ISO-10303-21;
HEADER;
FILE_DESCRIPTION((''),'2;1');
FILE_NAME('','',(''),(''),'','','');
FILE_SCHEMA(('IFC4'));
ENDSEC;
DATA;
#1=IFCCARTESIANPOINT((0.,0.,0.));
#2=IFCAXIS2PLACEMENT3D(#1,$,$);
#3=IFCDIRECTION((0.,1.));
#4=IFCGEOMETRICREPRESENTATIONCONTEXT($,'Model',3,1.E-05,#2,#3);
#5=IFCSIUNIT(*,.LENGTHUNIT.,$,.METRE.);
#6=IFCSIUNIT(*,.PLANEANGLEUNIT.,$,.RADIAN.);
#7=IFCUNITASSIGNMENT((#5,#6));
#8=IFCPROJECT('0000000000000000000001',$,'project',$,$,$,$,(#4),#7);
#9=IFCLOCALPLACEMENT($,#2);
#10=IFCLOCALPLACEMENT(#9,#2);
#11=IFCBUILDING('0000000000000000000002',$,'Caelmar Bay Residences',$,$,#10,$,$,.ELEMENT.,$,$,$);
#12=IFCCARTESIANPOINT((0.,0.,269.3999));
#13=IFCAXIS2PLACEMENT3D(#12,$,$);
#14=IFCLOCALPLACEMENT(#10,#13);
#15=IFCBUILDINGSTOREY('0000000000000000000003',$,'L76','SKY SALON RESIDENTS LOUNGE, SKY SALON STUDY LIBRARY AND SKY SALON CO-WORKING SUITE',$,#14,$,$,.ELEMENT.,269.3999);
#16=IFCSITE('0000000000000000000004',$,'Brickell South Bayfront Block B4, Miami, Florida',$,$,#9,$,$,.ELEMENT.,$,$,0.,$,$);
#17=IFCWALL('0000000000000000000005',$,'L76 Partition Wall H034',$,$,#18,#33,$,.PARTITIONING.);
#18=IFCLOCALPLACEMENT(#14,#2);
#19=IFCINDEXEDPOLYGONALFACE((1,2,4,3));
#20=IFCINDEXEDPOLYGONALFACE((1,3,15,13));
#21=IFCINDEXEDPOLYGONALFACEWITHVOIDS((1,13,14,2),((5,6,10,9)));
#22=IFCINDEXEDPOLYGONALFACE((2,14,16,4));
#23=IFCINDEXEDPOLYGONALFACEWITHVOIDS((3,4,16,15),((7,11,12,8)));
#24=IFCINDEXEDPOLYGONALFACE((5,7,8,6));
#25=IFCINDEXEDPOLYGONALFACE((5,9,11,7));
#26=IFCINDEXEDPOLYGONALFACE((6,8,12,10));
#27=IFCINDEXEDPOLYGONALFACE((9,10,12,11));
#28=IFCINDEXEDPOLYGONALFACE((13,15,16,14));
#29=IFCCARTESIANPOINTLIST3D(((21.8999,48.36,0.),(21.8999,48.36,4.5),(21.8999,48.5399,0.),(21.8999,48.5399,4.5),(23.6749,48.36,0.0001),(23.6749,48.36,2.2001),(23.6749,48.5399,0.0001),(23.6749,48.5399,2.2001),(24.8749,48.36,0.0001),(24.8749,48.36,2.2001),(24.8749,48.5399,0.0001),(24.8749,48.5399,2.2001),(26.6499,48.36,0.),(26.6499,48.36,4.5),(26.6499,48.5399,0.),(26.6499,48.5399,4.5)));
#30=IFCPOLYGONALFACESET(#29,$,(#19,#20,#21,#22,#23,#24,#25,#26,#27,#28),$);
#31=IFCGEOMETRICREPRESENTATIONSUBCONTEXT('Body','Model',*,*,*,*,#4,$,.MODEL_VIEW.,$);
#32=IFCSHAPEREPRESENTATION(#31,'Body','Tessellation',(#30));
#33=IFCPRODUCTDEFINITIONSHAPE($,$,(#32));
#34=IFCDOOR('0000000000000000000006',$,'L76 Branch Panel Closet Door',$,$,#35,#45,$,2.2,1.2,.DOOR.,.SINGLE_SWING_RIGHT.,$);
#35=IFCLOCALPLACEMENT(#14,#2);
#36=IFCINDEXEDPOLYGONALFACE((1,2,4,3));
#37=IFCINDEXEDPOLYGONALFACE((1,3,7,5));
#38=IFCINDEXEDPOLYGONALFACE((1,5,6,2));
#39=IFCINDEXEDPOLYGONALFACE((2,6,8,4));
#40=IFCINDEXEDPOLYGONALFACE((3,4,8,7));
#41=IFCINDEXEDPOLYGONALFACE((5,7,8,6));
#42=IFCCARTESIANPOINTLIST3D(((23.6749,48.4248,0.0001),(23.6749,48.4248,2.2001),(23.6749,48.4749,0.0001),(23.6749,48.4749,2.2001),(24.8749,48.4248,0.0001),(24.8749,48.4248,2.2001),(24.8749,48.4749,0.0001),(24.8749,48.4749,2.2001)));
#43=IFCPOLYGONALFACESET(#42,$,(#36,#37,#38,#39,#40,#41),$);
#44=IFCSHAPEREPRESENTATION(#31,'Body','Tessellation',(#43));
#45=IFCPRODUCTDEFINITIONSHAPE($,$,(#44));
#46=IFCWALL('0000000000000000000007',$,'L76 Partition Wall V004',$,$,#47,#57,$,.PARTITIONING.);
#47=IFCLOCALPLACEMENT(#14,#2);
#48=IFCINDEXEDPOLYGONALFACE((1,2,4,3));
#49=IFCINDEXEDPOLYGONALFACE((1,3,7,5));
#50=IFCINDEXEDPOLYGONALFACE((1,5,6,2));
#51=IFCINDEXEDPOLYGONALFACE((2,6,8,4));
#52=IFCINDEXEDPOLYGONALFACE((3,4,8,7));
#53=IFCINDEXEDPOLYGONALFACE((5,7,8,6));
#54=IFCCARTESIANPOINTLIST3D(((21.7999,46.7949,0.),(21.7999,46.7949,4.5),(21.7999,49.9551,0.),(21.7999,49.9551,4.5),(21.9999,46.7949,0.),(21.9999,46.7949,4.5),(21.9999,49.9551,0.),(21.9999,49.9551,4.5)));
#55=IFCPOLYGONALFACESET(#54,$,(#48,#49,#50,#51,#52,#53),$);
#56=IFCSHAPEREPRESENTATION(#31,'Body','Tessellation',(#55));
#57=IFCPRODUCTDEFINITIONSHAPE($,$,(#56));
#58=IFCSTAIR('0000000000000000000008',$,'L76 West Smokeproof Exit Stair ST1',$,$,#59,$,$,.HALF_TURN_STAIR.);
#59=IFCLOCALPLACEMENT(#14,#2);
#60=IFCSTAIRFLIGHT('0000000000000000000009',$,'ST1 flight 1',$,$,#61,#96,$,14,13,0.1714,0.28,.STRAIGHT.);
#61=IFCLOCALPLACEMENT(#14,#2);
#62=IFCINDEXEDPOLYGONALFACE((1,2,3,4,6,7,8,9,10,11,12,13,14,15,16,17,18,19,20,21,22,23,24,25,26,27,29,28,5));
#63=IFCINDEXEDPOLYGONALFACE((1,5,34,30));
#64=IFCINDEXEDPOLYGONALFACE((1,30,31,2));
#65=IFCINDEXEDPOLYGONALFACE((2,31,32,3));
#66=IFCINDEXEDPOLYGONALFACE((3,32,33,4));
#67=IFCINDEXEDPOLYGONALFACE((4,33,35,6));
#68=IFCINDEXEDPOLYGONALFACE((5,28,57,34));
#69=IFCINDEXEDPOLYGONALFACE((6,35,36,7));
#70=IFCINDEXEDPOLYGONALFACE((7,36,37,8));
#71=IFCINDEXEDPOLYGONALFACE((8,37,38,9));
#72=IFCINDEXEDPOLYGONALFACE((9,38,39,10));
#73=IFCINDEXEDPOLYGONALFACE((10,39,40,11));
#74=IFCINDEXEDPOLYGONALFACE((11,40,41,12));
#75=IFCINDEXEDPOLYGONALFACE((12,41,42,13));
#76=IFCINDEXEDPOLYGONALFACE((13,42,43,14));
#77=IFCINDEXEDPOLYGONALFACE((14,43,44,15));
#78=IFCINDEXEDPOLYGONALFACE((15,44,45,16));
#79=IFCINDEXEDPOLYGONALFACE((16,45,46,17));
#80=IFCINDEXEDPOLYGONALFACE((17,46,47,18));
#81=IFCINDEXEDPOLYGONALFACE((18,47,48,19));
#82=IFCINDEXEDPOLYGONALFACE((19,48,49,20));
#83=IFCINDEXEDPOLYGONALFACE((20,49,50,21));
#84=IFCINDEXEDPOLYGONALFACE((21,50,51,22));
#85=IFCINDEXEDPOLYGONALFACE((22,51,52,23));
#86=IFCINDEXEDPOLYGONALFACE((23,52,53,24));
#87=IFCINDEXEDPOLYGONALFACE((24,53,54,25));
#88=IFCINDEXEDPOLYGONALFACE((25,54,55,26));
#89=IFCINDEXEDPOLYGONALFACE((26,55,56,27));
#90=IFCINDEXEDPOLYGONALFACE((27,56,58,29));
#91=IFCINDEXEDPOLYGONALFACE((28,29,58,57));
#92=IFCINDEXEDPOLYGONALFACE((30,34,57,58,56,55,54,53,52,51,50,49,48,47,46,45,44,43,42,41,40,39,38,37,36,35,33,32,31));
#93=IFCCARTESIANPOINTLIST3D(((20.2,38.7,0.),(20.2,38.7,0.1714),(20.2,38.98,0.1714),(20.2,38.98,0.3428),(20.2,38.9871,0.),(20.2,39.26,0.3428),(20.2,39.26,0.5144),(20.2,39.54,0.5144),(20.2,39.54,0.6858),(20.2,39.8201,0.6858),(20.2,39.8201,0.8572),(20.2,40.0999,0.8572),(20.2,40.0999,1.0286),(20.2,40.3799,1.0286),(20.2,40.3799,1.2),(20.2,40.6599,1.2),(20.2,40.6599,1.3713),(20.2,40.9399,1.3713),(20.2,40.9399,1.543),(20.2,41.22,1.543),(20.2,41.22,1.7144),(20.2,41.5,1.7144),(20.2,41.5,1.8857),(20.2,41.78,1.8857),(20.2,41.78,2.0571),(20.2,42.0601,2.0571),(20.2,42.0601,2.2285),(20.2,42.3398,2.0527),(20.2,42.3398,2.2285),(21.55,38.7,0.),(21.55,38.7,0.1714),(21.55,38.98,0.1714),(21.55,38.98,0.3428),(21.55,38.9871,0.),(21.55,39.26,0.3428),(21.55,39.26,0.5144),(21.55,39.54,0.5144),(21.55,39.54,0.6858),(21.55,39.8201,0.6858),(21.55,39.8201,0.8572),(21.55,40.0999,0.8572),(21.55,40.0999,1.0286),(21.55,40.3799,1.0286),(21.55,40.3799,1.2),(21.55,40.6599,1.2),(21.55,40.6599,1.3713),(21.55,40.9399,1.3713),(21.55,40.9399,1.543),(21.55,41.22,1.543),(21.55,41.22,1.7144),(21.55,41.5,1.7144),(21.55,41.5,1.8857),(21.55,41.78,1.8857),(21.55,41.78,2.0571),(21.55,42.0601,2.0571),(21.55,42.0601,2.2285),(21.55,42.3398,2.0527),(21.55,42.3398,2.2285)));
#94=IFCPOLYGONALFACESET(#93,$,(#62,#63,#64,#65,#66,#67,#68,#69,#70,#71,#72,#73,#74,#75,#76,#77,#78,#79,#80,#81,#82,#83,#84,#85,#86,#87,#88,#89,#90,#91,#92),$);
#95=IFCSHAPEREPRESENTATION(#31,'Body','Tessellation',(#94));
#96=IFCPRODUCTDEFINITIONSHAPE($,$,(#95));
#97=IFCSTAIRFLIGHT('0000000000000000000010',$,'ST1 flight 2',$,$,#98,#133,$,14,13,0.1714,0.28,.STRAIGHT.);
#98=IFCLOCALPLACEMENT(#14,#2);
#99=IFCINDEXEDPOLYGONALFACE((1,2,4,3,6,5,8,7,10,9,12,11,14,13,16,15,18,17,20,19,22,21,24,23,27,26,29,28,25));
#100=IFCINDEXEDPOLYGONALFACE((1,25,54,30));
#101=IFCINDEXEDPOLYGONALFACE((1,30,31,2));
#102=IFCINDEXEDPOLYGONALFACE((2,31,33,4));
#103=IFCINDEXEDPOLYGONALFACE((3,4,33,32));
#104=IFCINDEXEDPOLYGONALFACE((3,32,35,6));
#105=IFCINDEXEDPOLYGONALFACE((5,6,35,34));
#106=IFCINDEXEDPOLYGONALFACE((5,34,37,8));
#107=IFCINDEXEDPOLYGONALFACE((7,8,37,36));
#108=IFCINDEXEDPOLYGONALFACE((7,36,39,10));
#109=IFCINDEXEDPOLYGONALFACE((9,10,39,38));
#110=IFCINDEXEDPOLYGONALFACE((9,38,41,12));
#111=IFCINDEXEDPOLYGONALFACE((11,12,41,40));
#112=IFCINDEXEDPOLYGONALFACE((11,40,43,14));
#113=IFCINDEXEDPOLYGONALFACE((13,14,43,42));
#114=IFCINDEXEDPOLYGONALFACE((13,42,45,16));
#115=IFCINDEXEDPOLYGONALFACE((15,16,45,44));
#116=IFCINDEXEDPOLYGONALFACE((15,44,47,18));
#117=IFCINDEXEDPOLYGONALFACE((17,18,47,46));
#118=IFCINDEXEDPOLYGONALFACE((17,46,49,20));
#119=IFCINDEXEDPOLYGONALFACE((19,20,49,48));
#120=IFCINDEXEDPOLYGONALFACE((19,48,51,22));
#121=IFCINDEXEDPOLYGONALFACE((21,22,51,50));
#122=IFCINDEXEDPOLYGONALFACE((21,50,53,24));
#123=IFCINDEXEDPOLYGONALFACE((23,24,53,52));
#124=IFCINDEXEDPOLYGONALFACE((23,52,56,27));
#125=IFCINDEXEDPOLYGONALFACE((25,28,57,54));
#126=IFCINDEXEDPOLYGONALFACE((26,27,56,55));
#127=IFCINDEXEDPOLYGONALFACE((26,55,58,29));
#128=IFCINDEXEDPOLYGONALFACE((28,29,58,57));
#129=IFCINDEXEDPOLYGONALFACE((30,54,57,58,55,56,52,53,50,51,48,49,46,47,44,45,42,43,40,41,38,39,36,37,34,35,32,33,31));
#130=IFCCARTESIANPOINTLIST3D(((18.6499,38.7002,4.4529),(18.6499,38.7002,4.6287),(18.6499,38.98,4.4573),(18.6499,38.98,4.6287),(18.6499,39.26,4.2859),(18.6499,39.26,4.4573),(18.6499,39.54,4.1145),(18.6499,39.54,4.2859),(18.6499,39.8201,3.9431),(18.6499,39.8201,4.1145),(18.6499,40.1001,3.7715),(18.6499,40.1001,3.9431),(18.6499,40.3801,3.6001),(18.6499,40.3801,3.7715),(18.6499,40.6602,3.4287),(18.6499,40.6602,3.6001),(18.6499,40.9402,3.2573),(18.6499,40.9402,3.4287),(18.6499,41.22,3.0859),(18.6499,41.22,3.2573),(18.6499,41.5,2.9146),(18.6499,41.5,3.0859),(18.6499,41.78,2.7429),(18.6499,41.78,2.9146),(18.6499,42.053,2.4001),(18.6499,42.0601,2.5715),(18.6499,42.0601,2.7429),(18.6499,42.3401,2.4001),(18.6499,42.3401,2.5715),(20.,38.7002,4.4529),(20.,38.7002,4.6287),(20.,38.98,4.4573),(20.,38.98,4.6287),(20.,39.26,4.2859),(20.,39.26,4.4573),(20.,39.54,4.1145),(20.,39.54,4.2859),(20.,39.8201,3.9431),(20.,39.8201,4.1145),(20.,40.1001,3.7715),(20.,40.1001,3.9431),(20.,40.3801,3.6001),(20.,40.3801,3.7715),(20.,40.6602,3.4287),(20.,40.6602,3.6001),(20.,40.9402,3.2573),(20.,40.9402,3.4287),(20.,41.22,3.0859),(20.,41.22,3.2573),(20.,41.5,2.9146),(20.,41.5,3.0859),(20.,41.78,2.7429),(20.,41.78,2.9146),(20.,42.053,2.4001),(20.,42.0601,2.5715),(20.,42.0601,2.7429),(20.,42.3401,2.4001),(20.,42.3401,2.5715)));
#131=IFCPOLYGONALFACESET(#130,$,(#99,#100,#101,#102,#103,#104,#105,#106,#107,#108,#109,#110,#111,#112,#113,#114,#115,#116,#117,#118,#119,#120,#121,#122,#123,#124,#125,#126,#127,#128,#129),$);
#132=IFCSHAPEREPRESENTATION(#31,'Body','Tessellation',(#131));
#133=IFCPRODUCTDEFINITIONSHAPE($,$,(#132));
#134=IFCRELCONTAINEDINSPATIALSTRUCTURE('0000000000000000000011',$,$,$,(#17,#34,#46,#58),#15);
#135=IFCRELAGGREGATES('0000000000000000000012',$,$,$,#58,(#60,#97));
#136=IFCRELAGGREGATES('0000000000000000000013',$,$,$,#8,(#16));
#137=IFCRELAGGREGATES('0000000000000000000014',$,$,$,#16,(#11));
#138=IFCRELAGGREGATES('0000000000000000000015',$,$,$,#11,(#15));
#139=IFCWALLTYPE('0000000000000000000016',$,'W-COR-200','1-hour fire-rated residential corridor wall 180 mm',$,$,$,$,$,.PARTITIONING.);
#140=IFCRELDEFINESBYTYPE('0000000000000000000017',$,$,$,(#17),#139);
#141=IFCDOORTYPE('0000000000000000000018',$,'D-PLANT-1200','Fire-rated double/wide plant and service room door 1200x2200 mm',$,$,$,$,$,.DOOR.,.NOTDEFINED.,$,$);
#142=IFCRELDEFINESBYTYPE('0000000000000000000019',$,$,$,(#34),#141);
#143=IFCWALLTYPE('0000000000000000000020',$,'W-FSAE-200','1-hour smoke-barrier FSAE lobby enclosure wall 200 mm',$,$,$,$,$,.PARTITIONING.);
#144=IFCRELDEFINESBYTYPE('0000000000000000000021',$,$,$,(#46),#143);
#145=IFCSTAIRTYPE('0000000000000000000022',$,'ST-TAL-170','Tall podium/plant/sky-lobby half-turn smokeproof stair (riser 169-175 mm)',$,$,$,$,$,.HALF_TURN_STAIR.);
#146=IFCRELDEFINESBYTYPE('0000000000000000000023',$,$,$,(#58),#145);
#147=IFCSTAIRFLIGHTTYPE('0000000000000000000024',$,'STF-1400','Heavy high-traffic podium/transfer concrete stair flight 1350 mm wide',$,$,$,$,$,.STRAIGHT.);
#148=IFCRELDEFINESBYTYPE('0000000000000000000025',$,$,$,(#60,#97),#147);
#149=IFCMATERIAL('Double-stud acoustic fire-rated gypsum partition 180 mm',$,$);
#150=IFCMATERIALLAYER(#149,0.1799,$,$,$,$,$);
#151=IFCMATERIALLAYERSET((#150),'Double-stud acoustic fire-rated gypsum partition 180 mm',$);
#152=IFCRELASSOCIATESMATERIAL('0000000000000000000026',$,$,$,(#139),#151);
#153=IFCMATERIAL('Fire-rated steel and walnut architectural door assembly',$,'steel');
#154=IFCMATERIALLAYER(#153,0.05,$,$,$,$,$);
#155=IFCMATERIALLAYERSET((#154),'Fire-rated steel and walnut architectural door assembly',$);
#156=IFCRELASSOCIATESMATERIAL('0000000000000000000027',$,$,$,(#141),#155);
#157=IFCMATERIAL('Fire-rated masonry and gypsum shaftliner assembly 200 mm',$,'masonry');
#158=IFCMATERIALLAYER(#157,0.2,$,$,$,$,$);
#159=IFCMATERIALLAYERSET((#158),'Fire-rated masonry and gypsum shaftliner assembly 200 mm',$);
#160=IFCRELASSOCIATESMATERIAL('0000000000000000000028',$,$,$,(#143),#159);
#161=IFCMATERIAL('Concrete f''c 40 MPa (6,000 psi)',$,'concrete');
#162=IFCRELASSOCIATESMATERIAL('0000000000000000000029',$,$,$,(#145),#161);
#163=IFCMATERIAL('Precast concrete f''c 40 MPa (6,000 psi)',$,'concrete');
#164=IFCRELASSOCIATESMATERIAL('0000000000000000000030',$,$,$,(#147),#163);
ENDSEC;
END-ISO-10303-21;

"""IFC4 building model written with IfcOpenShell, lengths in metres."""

from ifc_helpers import new_model, si_unit, direction, frame, frame_2d, origin, place, context, subcontext, project, spatial, polyline, rectangle, outline, extrude, material, layer, layer_set, type_object, element, fill, aggregate, save


model = new_model("IFC4")

# Units and contexts
model_context = context("Model", 3, precision=1e-05, world=origin(), true_north=direction((0.0, 1.0)))
body_context = subcontext(model_context, "Body", "Model", "MODEL_VIEW")
ifc_project = project(units=[si_unit("LENGTHUNIT", "METRE"), si_unit("PLANEANGLEUNIT", "RADIAN")], contexts=[model_context])

# Site, building, storey
site_placement = place(None, origin())
site = spatial("IfcSite", under=ifc_project, at=site_placement, Name="Brickell South Bayfront Block B4, Miami, Florida", CompositionType="ELEMENT", RefElevation=0.0)
building_placement = place(site_placement, origin())
building = spatial("IfcBuilding", under=site, at=building_placement, Name="Caelmar Bay Residences", CompositionType="ELEMENT")
storey_placement = place(building_placement, frame((0.0, 0.0, 269.3999)))
storey = spatial("IfcBuildingStorey", under=building, at=storey_placement, Name="L76", Description="SKY SALON RESIDENTS LOUNGE, SKY SALON STUDY LIBRARY AND SKY SALON CO-WORKING SUITE", CompositionType="ELEMENT", Elevation=269.3999)

# Wall, opening, door
ifc_material_1 = material(Name="Fire-rated steel and walnut architectural door assembly", Category="steel")
ifc_material_2 = material(Name="Double-stud acoustic fire-rated gypsum partition 180 mm")
ifc_layer_1 = layer(ifc_material_2, 0.1799)
ifc_layer_set_1 = layer_set([ifc_layer_1], Name="Double-stud acoustic fire-rated gypsum partition 180 mm")
wall_type_1 = type_object("IfcWallType", Name="W-COR-200", Description="1-hour fire-rated residential corridor wall 180 mm", PredefinedType="PARTITIONING", material=ifc_layer_set_1)
wall_1_placement = place(storey_placement, frame((21.8999, 48.45, 0.0), z_axis=(0.0, 0.0, 1.0), x_axis=(1.0, 0.0, 0.0)))
wall_1 = element("IfcWall", 1, at=wall_1_placement, inside=storey, type_object=wall_type_1, Name="L76 Partition Wall H034", PredefinedType="PARTITIONING", context=body_context, shape_type="SweptSolid", body=[
    extrude(rectangle(XDim=4.75, YDim=0.1799, at=frame_2d((2.375, 0.0))), origin(), (0.0, 0.0, 1.0), 4.5),
])
opening_1_placement = place(wall_1_placement, frame((1.7749, 0.0, 0.0)))
opening_1 = element("IfcOpeningElement", 2, at=opening_1_placement, cuts=wall_1, PredefinedType="OPENING", context=body_context, shape_type="SweptSolid", body=[
    extrude(rectangle(XDim=1.2, YDim=2.2, at=frame_2d((0.6001, 1.1001))), frame((0.0, 0.0999, 0.0), z_axis=(0.0, -1.0, 0.0), x_axis=(1.0, 0.0, 0.0)), (0.0, 0.0, 1.0), 0.2),
])
ifc_layer_2 = layer(ifc_material_1, 0.05)
ifc_layer_set_2 = layer_set([ifc_layer_2], Name="Fire-rated steel and walnut architectural door assembly")
door_type_1 = type_object("IfcDoorType", Name="D-PLANT-1200", Description="Fire-rated double/wide plant and service room door 1200x2200 mm", OperationType="NOTDEFINED", PredefinedType="DOOR", material=ifc_layer_set_2)
door_1_placement = place(opening_1_placement, origin())
door_1 = element("IfcDoor", 3, at=door_1_placement, inside=storey, type_object=door_type_1, Name="L76 Branch Panel Closet Door", OperationType="SINGLE_SWING_RIGHT", OverallHeight=2.2, OverallWidth=1.2, PredefinedType="DOOR", context=body_context, shape_type="SweptSolid", body=[
    extrude(rectangle(XDim=1.2, YDim=2.2, at=frame_2d((0.6001, 1.1001))), frame((0.0, 0.0249, 0.0), z_axis=(0.0, -1.0, 0.0), x_axis=(1.0, 0.0, 0.0)), (0.0, 0.0, 1.0), 0.05),
])
fill(opening_1, door_1)

# Wall
ifc_material_3 = material(Name="Fire-rated masonry and gypsum shaftliner assembly 200 mm", Category="masonry")
ifc_layer_3 = layer(ifc_material_3, 0.2)
ifc_layer_set_3 = layer_set([ifc_layer_3], Name="Fire-rated masonry and gypsum shaftliner assembly 200 mm")
wall_type_2 = type_object("IfcWallType", Name="W-FSAE-200", Description="1-hour smoke-barrier FSAE lobby enclosure wall 200 mm", PredefinedType="PARTITIONING", material=ifc_layer_set_3)
wall_2_placement = place(storey_placement, frame((21.8999, 46.7949, 0.0), z_axis=(0.0, 0.0, 1.0), x_axis=(0.0, 1.0, 0.0)))
element("IfcWall", 4, at=wall_2_placement, inside=storey, type_object=wall_type_2, Name="L76 Partition Wall V004", PredefinedType="PARTITIONING", context=body_context, shape_type="SweptSolid", body=[
    extrude(rectangle(XDim=3.1602, YDim=0.2, at=frame_2d((1.5801, 0.0))), origin(), (0.0, 0.0, 1.0), 4.5),
])

# Stair, stair flights
ifc_material_4 = material(Name="Concrete f'c 40 MPa (6,000 psi)", Category="concrete")
stair_type = type_object("IfcStairType", Name="ST-TAL-170", Description="Tall podium/plant/sky-lobby half-turn smokeproof stair (riser 169-175 mm)", PredefinedType="HALF_TURN_STAIR", material=ifc_material_4)
stair_placement = place(storey_placement, origin())
stair = element("IfcStair", 5, at=stair_placement, inside=storey, type_object=stair_type, Name="L76 West Smokeproof Exit Stair ST1", PredefinedType="HALF_TURN_STAIR")
ifc_material_5 = material(Name="Precast concrete f'c 40 MPa (6,000 psi)", Category="concrete")
stair_flight_type = type_object("IfcStairFlightType", Name="STF-1400", Description="Heavy high-traffic podium/transfer concrete stair flight 1350 mm wide", PredefinedType="STRAIGHT", material=ifc_material_5)
stair_flight_1_placement = place(storey_placement, frame((20.875, 38.7, 0.0), z_axis=(0.0, 0.0, 1.0), x_axis=(0.0, 1.0, 0.0)))
stair_flight_1 = element("IfcStairFlight", 6, at=stair_flight_1_placement, type_object=stair_flight_type, Name="ST1 flight 1", NumberOfRisers=14, NumberOfTreads=13, PredefinedType="STRAIGHT", RiserHeight=0.1714, TreadLength=0.28, context=body_context, shape_type="SweptSolid", body=[
    extrude(outline(polyline([(0.0, 0.0), (0.0, 0.1714), (0.28, 0.1714), (0.28, 0.3428), (0.5601, 0.3428), (0.5601, 0.5144), (0.8401, 0.5144), (0.8401, 0.6858), (1.1201, 0.6858), (1.1201, 0.8572), (1.3999, 0.8572), (1.3999, 1.0286), (1.6799, 1.0286), (1.6799, 1.2), (1.96, 1.2), (1.96, 1.3713), (2.24, 1.3713), (2.24, 1.543), (2.52, 1.543), (2.52, 1.7144), (2.8, 1.7144), (2.8, 1.8857), (3.0801, 1.8857), (3.0801, 2.0571), (3.3601, 2.0571), (3.3601, 2.2285), (3.6399, 2.2285), (3.6399, 2.3999), (3.6399, 2.0527), (0.2871, 0.0), (0.0, 0.0)])), frame((0.0, 0.675, 0.0), z_axis=(0.0, -1.0, 0.0), x_axis=(1.0, 0.0, 0.0)), (0.0, 0.0, 1.0), 1.3501),
])
stair_flight_2_placement = place(storey_placement, frame((19.325, 42.3401, 2.4001), z_axis=(0.0, 0.0, 1.0), x_axis=(0.0, -1.0, 0.0)))
stair_flight_2 = element("IfcStairFlight", 7, at=stair_flight_2_placement, type_object=stair_flight_type, Name="ST1 flight 2", NumberOfRisers=14, NumberOfTreads=13, PredefinedType="STRAIGHT", RiserHeight=0.1714, TreadLength=0.28, context=body_context, shape_type="SweptSolid", body=[
    extrude(outline(polyline([(0.0, 0.0), (0.0, 0.1714), (0.28, 0.1714), (0.28, 0.3428), (0.5601, 0.3428), (0.5601, 0.5144), (0.8401, 0.5144), (0.8401, 0.6858), (1.1201, 0.6858), (1.1201, 0.8572), (1.3999, 0.8572), (1.3999, 1.0286), (1.6799, 1.0286), (1.6799, 1.2), (1.96, 1.2), (1.96, 1.3713), (2.24, 1.3713), (2.24, 1.543), (2.52, 1.543), (2.52, 1.7144), (2.8, 1.7144), (2.8, 1.8857), (3.0801, 1.8857), (3.0801, 2.0571), (3.3601, 2.0571), (3.3601, 2.2285), (3.6399, 2.2285), (3.6399, 2.3999), (3.6399, 2.0527), (0.2871, 0.0), (0.0, 0.0)])), frame((0.0, 0.675, 0.0), z_axis=(0.0, -1.0, 0.0), x_axis=(1.0, 0.0, 0.0)), (0.0, 0.0, 1.0), 1.3501),
])
aggregate(stair, [stair_flight_1, stair_flight_2])

save(model, "model.ifc")
